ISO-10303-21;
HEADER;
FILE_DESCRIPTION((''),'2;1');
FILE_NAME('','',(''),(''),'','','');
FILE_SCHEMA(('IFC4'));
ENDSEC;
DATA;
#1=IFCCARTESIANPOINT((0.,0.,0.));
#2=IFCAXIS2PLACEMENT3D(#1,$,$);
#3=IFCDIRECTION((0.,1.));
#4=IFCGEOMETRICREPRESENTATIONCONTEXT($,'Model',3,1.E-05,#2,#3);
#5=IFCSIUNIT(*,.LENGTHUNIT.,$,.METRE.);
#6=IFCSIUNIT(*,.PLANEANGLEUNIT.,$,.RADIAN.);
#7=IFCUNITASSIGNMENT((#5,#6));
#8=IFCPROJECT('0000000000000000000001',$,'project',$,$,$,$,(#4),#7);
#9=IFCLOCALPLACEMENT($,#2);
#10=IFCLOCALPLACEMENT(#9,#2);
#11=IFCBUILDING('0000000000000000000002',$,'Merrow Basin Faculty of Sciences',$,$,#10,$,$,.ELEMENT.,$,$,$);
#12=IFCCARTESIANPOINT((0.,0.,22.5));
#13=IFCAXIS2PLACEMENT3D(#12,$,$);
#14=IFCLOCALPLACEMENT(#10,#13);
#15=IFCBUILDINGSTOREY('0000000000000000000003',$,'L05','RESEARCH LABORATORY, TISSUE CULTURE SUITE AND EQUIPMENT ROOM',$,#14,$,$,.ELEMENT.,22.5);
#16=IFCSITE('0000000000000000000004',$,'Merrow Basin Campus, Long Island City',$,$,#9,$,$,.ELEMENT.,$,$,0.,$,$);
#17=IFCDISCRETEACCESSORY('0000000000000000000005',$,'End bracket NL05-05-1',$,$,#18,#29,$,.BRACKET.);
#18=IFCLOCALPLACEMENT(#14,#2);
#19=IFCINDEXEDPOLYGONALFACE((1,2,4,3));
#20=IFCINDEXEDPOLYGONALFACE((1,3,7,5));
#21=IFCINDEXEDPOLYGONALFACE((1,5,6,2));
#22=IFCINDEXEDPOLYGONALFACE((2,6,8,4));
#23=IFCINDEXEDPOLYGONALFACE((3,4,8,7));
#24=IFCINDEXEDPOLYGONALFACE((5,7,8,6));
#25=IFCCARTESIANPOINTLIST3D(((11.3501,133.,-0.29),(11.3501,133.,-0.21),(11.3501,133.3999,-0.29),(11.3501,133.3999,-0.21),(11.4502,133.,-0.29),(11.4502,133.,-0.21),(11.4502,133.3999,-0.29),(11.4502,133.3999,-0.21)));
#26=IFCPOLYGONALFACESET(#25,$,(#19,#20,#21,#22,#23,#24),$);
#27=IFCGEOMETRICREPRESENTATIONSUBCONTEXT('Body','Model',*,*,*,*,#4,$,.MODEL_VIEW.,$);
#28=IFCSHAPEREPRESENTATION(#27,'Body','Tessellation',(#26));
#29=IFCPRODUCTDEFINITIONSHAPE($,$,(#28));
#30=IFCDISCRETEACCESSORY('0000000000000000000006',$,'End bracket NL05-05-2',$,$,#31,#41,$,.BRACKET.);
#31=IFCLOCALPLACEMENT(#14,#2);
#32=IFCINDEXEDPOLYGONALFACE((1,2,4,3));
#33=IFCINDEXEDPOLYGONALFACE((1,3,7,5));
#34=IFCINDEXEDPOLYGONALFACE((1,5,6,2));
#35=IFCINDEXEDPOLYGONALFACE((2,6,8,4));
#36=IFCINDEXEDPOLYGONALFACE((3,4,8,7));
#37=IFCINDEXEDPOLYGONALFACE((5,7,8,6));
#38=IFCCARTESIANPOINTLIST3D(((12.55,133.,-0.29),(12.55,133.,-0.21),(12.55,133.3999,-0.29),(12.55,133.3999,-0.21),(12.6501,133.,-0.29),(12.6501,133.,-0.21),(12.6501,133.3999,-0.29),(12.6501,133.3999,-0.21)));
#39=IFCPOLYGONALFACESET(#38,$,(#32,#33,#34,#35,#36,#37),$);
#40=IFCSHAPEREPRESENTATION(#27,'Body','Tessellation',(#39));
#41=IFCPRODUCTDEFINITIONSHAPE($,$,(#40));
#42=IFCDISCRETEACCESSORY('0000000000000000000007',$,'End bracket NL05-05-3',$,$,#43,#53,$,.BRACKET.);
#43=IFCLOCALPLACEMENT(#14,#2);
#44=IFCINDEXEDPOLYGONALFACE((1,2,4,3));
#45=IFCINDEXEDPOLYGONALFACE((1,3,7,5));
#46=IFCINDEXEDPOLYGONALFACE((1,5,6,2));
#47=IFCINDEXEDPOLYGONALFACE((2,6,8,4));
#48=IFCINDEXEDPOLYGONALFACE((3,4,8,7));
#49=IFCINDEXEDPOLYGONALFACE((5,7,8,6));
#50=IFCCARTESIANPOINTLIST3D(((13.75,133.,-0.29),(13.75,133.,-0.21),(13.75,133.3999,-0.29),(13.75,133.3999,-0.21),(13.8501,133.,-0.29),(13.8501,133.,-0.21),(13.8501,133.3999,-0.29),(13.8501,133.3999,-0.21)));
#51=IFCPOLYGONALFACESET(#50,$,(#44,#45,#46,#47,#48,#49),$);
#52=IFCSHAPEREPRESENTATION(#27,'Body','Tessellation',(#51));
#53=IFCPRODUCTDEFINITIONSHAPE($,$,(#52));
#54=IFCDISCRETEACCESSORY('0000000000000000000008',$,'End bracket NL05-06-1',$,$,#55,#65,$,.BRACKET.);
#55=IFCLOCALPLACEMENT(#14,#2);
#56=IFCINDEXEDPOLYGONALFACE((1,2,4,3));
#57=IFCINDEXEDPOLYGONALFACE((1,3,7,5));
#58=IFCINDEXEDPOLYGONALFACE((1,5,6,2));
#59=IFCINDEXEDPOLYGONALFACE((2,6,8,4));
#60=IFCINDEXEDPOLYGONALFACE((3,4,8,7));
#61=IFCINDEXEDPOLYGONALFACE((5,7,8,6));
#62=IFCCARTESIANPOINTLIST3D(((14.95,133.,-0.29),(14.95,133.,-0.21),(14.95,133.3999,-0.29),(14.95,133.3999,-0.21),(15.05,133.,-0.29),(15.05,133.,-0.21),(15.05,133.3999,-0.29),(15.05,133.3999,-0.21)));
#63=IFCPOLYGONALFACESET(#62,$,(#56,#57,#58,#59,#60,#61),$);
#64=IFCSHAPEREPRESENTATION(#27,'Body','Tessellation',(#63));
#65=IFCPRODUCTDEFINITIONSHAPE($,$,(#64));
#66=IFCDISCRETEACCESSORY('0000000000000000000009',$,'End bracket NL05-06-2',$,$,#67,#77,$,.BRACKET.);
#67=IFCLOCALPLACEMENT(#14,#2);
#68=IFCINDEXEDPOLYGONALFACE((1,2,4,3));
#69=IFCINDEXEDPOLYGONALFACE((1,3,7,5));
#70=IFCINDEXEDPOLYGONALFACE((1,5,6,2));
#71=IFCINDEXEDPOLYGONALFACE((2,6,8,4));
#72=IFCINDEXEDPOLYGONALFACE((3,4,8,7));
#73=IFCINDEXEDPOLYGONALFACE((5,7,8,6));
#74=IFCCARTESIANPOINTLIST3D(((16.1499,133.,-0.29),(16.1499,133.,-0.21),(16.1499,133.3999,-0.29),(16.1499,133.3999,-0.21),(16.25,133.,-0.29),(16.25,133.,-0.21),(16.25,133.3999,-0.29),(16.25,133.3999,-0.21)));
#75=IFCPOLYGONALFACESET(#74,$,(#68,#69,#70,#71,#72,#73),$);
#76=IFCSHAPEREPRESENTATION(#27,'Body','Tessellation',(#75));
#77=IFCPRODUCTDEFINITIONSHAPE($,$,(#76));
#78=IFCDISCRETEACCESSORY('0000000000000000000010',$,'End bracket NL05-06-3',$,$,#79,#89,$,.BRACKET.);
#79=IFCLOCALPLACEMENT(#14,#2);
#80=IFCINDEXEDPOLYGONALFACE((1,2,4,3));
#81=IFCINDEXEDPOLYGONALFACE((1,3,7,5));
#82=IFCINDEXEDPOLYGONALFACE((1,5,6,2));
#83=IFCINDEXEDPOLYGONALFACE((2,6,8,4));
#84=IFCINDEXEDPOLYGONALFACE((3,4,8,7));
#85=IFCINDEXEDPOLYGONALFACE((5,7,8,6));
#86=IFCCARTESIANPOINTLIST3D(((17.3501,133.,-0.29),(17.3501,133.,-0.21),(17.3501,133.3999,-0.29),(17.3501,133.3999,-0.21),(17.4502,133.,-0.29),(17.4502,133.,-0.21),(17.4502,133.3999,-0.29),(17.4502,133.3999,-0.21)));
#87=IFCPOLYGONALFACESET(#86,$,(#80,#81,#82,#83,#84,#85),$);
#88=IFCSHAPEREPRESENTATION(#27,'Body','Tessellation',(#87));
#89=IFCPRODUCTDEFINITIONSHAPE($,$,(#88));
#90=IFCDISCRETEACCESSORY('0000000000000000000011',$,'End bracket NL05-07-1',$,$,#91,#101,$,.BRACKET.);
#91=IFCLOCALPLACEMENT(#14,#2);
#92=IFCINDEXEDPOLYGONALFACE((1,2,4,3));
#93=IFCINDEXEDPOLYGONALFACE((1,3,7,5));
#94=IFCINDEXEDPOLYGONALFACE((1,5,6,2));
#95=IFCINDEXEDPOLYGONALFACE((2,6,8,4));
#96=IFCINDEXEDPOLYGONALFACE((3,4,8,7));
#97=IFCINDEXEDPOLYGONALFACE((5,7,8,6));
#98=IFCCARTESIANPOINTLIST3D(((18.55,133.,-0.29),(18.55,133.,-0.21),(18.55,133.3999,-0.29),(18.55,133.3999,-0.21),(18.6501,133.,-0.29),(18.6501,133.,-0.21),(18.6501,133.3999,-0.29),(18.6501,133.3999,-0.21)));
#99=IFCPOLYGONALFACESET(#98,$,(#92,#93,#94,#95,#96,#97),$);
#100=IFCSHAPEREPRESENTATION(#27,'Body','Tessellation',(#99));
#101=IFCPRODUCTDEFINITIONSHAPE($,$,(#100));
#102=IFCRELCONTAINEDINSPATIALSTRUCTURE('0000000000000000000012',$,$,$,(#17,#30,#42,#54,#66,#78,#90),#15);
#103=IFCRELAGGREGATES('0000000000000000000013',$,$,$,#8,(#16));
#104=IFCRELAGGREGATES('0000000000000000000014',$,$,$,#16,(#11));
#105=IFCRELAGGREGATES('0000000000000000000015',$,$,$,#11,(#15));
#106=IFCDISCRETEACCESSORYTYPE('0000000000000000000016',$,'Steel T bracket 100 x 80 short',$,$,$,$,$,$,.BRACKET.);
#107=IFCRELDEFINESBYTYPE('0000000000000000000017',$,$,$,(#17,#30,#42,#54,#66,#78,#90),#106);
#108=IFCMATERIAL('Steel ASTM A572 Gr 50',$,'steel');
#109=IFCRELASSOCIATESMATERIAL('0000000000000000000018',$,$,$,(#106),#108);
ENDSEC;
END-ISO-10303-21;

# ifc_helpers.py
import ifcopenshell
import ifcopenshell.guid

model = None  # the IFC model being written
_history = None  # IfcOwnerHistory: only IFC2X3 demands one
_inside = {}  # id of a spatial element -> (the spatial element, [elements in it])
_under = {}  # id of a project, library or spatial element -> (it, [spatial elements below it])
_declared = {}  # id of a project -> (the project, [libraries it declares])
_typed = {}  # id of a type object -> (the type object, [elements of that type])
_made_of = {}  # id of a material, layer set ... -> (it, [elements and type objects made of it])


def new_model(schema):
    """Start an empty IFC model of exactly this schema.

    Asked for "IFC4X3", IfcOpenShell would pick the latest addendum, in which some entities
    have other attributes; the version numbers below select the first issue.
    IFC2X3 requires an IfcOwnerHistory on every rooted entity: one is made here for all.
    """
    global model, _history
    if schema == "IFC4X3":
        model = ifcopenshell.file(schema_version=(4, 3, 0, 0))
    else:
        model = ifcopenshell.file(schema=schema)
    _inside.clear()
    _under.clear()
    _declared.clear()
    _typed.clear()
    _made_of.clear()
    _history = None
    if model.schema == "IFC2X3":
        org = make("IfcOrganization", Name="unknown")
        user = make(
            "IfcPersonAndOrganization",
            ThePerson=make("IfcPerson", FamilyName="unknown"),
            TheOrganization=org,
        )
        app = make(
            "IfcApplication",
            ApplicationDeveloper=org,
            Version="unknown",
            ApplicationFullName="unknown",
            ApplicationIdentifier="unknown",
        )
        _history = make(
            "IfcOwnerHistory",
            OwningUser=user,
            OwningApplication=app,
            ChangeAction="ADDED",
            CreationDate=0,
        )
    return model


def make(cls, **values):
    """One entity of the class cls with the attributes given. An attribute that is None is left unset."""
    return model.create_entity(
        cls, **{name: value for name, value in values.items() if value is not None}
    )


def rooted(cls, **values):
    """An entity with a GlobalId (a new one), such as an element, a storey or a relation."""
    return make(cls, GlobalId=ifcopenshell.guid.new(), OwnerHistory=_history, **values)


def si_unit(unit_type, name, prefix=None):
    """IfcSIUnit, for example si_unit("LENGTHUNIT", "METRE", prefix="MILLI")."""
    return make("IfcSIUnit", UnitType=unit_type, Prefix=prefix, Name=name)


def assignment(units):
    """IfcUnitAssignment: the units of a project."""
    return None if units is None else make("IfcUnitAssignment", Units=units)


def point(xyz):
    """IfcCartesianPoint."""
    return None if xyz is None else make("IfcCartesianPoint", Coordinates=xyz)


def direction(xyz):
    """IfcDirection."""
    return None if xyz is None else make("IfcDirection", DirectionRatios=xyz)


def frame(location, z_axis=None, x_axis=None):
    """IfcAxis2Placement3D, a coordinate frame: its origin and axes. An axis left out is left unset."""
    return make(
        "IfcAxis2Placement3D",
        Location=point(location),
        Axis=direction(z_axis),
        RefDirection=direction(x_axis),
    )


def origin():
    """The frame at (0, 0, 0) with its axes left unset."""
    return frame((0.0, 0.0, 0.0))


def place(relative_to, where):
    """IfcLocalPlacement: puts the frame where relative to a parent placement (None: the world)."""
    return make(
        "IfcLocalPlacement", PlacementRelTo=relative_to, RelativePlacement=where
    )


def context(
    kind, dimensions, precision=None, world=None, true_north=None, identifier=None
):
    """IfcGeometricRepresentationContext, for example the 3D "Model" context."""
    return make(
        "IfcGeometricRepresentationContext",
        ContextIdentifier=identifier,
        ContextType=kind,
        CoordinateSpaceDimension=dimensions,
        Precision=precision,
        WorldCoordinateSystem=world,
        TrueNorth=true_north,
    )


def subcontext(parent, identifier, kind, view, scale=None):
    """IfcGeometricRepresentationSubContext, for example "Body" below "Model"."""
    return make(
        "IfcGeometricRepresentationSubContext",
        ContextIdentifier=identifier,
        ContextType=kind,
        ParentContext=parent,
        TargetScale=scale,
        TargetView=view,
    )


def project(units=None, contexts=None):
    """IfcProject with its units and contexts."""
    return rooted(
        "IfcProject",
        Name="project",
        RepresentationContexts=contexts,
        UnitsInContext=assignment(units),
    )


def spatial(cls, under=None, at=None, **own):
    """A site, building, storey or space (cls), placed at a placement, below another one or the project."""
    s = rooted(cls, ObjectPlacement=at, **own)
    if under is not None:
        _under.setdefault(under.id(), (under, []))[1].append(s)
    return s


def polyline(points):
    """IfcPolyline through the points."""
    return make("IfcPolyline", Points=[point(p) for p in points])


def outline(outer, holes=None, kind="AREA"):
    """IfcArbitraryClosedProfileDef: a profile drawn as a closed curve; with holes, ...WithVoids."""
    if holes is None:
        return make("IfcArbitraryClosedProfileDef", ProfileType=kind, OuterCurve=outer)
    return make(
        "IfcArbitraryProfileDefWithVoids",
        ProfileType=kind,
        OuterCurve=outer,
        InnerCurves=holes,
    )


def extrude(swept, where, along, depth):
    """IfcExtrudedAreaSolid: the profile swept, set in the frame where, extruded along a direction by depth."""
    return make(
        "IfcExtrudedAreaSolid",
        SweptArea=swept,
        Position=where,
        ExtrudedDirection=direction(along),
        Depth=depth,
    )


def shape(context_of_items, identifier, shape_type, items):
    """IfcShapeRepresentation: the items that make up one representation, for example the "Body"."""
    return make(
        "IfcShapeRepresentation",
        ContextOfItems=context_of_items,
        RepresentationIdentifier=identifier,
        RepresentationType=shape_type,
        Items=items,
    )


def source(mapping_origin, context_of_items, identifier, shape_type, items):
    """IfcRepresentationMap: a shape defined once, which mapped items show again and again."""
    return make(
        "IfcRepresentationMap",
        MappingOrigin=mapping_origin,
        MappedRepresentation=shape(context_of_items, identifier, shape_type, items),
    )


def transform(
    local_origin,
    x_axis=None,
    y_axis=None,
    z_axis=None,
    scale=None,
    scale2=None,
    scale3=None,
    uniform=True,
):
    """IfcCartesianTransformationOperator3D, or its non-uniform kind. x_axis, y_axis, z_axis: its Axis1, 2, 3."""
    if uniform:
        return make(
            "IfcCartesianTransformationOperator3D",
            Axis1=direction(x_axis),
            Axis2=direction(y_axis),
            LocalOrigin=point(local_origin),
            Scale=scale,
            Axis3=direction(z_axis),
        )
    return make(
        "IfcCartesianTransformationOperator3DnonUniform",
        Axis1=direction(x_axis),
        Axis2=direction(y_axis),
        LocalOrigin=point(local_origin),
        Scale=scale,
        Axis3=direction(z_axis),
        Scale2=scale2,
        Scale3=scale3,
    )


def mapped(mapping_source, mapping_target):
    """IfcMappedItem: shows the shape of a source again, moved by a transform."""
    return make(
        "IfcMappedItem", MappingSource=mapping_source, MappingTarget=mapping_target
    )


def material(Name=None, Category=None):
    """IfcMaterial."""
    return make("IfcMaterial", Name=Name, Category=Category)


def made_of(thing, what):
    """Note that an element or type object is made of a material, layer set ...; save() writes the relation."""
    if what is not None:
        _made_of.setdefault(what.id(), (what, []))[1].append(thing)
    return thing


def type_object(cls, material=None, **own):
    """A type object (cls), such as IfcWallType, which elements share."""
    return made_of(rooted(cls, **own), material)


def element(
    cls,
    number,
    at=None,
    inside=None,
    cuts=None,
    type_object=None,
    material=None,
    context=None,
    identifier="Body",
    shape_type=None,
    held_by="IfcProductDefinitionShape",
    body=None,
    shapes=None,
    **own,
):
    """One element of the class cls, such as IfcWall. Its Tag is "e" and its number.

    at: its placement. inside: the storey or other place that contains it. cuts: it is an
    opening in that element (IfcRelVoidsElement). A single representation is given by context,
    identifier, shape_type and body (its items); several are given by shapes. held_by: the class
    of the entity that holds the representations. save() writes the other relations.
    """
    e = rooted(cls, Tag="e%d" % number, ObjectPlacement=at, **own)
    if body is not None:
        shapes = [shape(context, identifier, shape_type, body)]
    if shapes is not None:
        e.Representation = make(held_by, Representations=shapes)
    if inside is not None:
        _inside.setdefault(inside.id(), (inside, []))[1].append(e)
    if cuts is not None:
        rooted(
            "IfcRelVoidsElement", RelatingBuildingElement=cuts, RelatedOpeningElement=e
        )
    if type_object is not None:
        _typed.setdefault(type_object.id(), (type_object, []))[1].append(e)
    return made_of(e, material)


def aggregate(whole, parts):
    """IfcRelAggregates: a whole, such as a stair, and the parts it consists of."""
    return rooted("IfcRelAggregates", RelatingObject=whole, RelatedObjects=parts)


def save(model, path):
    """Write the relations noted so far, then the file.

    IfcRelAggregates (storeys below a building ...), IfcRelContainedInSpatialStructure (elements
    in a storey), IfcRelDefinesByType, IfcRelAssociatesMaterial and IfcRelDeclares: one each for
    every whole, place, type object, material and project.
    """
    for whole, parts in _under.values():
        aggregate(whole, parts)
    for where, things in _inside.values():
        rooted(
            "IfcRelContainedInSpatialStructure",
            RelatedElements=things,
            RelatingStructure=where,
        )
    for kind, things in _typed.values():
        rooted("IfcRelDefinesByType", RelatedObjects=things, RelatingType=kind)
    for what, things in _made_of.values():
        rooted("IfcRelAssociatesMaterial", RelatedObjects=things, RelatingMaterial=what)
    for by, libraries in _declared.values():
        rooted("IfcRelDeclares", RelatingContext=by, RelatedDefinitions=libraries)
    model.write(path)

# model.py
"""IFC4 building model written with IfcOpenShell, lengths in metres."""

from ifc_helpers import new_model, si_unit, direction, frame, origin, place, context, subcontext, project, spatial, polyline, outline, extrude, source, transform, mapped, material, type_object, element, save


model = new_model("IFC4")

# Units and contexts
model_context = context("Model", 3, precision=1e-05, world=origin(), true_north=direction((0.0, 1.0)))
body_context = subcontext(model_context, "Body", "Model", "MODEL_VIEW")
ifc_project = project(units=[si_unit("LENGTHUNIT", "METRE"), si_unit("PLANEANGLEUNIT", "RADIAN")], contexts=[model_context])

# Site, building, storey
site_placement = place(None, origin())
site = spatial("IfcSite", under=ifc_project, at=site_placement, Name="Merrow Basin Campus, Long Island City", CompositionType="ELEMENT", RefElevation=0.0)
building_placement = place(site_placement, origin())
building = spatial("IfcBuilding", under=site, at=building_placement, Name="Merrow Basin Faculty of Sciences", CompositionType="ELEMENT")
storey_placement = place(building_placement, frame((0.0, 0.0, 22.5)))
storey = spatial("IfcBuildingStorey", under=building, at=storey_placement, Name="L05", Description="RESEARCH LABORATORY, TISSUE CULTURE SUITE AND EQUIPMENT ROOM", CompositionType="ELEMENT", Elevation=22.5)

# Discrete accessories
ifc_material_1 = material(Name="Steel ASTM A572 Gr 50", Category="steel")
discrete_accessory_type = type_object("IfcDiscreteAccessoryType", Name="Steel T bracket 100 x 80 short", PredefinedType="BRACKET", material=ifc_material_1)
shared_shape_1 = source(origin(), body_context, "Body", "SweptSolid", [
    extrude(outline(polyline([(0.0, 0.0), (0.1001, 0.0), (0.1001, 0.0801), (0.0, 0.0801), (0.0, 0.0)])), origin(), (0.0, 0.0, 1.0), 0.3999),
])
for number, where, z_axis, x_axis, name in (
    (1, (11.3501, 133.3999, -0.29), (0.0, -1.0, 0.0), (1.0, 0.0, 0.0), "End bracket NL05-05-1"),
    (2, (12.55, 133.3999, -0.29), (0.0, -1.0, 0.0), (1.0, 0.0, 0.0), "End bracket NL05-05-2"),
    (3, (13.75, 133.3999, -0.29), (0.0, -1.0, 0.0), (1.0, 0.0, 0.0), "End bracket NL05-05-3"),
    (4, (14.95, 133.3999, -0.29), (0.0, -1.0, 0.0), (1.0, 0.0, 0.0), "End bracket NL05-06-1"),
    (5, (16.1499, 133.3999, -0.29), (0.0, -1.0, 0.0), (1.0, 0.0, 0.0), "End bracket NL05-06-2"),
    (6, (17.3501, 133.3999, -0.29), (0.0, -1.0, 0.0), (1.0, 0.0, 0.0), "End bracket NL05-06-3"),
    (7, (18.55, 133.3999, -0.29), (0.0, -1.0, 0.0), (1.0, 0.0, 0.0), "End bracket NL05-07-1"),
):
    element("IfcDiscreteAccessory", number, at=place(storey_placement, frame(where, z_axis=z_axis, x_axis=x_axis)), inside=storey, type_object=discrete_accessory_type, Name=name, PredefinedType="BRACKET", context=body_context, shape_type="MappedRepresentation", body=[
        mapped(shared_shape_1, transform((0.0, 0.0, 0.0), scale=1.0)),
    ])

save(model, "model.ifc")
